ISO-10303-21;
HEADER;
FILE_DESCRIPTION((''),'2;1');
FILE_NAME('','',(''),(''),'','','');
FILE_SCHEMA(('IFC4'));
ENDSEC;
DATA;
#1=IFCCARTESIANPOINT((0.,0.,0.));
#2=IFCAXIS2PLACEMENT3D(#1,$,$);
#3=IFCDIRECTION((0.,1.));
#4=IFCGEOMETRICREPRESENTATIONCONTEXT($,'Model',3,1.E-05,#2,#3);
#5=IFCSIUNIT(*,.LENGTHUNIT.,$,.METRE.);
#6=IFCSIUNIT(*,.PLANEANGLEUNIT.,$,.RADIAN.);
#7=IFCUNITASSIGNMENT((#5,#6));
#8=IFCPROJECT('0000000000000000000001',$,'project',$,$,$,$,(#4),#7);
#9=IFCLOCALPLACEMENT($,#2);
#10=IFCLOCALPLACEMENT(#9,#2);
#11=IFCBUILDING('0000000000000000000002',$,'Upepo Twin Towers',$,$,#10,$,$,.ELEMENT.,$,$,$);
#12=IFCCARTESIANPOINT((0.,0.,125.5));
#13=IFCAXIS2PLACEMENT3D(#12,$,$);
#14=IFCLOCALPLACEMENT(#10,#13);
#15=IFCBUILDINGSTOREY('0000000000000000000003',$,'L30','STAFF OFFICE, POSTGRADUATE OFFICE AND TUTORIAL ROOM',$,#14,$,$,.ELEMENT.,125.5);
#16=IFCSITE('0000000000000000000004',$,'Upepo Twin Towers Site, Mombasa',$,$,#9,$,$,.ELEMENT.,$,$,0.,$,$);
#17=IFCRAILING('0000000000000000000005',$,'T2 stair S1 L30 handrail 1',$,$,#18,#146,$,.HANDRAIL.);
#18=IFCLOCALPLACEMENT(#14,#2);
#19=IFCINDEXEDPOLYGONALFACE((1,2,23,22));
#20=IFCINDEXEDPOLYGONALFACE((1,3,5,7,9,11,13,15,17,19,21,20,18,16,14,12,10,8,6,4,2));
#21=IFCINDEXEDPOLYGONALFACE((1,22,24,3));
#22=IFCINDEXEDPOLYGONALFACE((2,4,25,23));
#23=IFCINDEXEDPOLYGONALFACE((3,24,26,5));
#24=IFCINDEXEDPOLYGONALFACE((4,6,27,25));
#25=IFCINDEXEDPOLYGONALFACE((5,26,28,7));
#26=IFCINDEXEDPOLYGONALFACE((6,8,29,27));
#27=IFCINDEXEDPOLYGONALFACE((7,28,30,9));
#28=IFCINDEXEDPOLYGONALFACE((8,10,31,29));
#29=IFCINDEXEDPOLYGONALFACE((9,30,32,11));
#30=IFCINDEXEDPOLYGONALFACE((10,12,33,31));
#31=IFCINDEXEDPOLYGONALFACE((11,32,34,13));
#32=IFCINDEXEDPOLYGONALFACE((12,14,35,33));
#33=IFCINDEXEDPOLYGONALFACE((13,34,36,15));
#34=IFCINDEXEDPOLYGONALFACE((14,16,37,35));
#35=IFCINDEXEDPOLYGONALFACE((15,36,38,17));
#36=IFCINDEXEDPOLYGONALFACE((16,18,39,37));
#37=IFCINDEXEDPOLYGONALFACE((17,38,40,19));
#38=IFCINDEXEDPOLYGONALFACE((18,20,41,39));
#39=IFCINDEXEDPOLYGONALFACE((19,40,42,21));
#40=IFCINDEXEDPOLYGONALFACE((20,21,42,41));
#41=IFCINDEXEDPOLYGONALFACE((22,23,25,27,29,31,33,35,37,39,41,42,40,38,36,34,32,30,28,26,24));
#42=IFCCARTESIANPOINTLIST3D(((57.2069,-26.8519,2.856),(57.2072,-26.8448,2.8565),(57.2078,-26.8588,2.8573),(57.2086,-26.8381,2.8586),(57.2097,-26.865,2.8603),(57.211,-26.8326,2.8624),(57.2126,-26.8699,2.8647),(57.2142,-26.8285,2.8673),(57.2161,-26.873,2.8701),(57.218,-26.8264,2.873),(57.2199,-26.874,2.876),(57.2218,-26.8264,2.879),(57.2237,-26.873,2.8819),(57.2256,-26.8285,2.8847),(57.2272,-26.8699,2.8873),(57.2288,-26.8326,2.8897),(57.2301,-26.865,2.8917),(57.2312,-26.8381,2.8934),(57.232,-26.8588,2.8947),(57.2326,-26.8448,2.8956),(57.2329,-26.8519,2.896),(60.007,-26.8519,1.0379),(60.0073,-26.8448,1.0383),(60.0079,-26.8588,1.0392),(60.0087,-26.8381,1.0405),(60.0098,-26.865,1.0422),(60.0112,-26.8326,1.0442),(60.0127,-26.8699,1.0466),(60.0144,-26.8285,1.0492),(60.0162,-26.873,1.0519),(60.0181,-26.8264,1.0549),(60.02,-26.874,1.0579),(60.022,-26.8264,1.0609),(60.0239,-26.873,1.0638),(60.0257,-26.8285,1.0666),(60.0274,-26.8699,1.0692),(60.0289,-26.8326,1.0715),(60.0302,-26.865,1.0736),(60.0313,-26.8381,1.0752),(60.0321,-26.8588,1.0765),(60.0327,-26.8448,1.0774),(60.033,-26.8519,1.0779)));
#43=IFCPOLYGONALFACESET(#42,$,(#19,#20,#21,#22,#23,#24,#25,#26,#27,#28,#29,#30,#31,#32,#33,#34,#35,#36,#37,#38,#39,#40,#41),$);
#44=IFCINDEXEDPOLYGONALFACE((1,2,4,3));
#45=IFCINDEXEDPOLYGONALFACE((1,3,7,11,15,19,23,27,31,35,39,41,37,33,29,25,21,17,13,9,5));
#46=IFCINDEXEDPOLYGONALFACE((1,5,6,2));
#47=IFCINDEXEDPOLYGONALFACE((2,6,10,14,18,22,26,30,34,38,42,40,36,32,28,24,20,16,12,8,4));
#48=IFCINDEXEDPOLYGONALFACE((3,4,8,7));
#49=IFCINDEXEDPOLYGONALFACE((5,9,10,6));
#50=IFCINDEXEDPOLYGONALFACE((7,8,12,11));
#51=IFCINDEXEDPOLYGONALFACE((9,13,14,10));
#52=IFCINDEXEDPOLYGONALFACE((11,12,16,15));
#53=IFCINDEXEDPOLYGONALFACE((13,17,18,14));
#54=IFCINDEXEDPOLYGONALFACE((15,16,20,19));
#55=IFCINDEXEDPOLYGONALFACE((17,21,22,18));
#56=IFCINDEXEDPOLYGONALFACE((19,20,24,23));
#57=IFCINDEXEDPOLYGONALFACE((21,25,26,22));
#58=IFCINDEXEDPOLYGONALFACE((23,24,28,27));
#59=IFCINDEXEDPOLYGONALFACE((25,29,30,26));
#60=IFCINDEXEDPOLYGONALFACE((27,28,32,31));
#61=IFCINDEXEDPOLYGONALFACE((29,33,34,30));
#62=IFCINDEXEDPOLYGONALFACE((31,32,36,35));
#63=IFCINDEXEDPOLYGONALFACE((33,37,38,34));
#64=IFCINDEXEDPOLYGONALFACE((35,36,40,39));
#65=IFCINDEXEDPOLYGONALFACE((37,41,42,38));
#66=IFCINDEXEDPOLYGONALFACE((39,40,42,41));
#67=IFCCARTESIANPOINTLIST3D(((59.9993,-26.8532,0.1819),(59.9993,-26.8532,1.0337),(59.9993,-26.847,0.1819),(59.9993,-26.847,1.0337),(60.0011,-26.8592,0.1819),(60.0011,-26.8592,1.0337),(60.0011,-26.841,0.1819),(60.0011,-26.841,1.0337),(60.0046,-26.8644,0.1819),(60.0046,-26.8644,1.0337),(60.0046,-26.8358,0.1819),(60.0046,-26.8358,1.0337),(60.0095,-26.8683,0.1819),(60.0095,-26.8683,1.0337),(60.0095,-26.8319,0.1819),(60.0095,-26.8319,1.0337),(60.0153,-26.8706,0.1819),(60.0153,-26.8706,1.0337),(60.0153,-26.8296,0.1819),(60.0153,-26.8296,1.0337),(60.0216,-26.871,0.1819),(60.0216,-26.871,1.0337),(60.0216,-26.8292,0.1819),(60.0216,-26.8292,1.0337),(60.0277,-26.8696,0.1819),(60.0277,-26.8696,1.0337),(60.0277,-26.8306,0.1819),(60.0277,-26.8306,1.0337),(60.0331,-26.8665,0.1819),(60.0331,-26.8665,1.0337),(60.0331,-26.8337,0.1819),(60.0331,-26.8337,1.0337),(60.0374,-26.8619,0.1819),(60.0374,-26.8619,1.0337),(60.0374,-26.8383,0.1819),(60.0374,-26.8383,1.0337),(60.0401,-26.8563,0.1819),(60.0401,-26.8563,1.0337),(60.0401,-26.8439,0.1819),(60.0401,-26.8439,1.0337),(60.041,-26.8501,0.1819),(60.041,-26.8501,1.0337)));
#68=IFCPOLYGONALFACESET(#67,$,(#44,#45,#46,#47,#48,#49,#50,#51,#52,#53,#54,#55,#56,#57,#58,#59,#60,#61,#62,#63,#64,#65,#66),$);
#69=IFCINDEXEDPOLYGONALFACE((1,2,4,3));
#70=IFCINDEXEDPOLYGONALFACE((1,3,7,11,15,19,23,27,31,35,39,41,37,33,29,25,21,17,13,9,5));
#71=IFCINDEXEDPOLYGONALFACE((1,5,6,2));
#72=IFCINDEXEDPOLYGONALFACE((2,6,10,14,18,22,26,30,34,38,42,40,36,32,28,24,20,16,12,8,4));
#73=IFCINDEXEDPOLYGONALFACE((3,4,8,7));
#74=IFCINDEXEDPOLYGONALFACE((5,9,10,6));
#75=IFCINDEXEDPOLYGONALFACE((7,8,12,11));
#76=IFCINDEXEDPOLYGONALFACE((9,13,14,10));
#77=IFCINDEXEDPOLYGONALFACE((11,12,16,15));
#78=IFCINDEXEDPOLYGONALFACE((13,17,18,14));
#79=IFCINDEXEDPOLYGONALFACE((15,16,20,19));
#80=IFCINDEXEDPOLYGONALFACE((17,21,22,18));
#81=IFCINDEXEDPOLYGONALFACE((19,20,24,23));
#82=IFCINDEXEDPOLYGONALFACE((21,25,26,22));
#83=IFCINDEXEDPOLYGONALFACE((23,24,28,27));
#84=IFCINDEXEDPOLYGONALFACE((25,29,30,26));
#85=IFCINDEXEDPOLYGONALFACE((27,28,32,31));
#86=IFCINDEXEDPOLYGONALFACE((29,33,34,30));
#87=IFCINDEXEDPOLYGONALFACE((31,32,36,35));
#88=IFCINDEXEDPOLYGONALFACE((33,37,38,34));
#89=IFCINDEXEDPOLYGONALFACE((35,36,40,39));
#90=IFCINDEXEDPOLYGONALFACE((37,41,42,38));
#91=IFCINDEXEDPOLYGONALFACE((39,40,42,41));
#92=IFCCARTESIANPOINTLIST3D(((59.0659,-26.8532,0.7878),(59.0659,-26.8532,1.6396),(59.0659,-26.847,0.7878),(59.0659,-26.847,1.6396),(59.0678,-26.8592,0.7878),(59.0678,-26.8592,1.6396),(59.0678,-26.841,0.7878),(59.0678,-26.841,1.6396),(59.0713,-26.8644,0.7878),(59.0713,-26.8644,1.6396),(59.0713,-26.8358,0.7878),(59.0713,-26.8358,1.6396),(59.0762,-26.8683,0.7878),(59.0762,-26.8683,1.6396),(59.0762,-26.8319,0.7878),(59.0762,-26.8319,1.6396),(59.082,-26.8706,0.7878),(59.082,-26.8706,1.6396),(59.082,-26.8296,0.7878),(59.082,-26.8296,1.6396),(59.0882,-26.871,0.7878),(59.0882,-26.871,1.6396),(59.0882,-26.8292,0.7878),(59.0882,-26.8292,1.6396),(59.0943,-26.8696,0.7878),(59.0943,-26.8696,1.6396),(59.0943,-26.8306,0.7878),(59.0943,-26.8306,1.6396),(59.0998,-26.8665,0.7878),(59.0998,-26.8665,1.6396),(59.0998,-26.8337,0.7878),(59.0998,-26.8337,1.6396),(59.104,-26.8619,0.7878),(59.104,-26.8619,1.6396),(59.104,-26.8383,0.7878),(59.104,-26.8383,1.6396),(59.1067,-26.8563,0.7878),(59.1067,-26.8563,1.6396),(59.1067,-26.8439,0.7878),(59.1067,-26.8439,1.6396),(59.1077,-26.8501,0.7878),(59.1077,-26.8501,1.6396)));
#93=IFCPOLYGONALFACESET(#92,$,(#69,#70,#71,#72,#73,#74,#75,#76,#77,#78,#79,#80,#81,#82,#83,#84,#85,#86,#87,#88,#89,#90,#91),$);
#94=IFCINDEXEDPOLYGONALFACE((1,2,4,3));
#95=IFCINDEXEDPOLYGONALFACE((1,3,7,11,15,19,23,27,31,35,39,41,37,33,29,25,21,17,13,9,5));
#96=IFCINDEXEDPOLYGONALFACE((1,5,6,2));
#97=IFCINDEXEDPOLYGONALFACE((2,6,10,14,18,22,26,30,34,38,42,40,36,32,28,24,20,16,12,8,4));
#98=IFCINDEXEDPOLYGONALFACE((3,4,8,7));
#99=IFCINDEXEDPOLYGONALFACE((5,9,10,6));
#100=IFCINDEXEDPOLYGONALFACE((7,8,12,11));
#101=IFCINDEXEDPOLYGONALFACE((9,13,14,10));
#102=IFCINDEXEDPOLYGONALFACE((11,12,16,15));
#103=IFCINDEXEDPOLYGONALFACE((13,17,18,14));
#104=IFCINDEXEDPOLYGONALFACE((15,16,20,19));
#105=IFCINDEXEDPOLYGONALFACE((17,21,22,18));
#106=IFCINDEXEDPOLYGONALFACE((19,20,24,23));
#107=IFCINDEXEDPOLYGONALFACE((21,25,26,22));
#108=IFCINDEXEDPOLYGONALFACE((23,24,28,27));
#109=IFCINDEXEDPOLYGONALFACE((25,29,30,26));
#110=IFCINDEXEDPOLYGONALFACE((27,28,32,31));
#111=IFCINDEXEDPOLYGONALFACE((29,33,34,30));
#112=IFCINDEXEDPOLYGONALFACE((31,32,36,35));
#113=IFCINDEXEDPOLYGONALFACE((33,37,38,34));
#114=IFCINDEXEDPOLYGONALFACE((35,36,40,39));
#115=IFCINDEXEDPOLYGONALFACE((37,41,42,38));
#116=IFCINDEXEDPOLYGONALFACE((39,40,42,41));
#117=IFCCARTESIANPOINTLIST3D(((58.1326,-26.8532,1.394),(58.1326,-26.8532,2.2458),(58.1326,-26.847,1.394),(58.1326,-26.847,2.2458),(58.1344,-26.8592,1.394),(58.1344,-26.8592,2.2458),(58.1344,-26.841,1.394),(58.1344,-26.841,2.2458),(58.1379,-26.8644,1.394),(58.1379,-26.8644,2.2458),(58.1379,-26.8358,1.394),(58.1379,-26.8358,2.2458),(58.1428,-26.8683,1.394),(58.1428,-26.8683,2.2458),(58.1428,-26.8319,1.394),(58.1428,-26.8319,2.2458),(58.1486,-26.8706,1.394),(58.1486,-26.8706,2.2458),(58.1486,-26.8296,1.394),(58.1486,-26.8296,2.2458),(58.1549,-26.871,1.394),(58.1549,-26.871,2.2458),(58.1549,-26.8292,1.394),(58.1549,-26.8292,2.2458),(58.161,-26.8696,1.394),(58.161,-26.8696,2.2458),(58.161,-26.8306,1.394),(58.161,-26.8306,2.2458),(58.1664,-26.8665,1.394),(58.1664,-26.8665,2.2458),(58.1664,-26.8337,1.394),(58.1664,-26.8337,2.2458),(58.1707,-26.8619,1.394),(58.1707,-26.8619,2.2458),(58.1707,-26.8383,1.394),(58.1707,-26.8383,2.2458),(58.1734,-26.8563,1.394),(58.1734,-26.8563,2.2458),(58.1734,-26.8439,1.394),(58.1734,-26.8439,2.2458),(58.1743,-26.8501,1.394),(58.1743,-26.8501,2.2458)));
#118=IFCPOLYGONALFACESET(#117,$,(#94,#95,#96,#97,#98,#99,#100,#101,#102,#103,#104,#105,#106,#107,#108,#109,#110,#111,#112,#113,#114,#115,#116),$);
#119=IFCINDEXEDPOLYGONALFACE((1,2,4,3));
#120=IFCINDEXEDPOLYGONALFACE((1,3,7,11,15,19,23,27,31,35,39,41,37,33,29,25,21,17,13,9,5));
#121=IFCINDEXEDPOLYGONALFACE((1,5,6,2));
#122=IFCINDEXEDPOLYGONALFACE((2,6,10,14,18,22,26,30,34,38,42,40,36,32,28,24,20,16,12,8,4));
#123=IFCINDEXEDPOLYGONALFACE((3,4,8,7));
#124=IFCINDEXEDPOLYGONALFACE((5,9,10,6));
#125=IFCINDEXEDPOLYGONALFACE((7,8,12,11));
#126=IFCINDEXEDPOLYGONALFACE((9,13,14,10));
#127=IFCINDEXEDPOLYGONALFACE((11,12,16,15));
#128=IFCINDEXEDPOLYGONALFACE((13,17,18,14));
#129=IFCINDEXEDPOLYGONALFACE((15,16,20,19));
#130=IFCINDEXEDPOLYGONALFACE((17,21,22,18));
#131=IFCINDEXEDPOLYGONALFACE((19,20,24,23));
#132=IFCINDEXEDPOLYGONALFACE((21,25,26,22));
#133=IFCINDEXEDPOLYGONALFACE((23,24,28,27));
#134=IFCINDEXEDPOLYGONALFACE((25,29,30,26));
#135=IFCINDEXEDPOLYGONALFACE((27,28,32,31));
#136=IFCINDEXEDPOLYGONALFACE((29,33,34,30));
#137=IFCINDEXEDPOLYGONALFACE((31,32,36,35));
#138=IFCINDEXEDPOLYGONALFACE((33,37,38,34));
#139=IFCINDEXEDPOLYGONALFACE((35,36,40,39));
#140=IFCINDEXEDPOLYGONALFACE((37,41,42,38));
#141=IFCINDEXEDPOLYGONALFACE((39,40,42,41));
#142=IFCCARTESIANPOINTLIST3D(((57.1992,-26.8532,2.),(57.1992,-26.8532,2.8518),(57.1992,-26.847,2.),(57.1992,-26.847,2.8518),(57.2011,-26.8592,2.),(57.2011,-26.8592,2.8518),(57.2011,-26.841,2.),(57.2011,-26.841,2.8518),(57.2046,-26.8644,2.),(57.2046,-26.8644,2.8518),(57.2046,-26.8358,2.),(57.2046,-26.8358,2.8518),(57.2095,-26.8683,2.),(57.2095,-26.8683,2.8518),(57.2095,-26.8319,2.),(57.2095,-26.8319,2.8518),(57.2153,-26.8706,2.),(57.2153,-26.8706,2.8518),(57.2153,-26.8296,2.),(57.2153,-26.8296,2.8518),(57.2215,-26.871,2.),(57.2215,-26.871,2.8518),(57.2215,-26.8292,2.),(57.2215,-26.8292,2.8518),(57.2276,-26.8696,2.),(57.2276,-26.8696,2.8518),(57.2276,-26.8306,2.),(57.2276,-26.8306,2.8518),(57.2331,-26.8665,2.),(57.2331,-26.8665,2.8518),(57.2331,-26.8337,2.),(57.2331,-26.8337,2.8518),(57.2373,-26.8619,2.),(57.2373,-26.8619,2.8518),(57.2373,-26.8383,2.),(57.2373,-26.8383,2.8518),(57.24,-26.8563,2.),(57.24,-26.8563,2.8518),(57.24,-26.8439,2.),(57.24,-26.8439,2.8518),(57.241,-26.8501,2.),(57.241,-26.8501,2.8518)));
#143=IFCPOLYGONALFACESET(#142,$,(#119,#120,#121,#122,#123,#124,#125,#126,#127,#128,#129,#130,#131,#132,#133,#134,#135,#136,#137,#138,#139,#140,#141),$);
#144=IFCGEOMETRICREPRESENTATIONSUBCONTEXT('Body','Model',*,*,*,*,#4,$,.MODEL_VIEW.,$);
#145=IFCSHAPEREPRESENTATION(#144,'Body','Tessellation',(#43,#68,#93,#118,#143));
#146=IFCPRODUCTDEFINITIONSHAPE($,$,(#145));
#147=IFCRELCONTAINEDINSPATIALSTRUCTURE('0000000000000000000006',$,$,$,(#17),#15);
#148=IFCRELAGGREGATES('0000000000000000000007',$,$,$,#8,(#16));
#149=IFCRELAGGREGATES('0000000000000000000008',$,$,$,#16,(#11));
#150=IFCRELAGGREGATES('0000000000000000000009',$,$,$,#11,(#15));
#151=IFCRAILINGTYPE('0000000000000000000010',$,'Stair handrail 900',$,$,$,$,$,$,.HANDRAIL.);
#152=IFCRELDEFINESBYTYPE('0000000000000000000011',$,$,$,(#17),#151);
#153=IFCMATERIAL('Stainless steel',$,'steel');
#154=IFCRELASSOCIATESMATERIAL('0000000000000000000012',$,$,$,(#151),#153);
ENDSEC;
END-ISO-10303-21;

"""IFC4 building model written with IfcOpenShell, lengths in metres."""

from ifc_helpers import new_model, si_unit, direction, frame, origin, origin_2d, place, context, subcontext, project, spatial, circle, extrude, material, type_object, element, save


model = new_model("IFC4")

# Units and contexts
model_context = context("Model", 3, precision=1e-05, world=origin(), true_north=direction((0.0, 1.0)))
body_context = subcontext(model_context, "Body", "Model", "MODEL_VIEW")
ifc_project = project(units=[si_unit("LENGTHUNIT", "METRE"), si_unit("PLANEANGLEUNIT", "RADIAN")], contexts=[model_context])

# Site, building, storey
site_placement = place(None, origin())
site = spatial("IfcSite", under=ifc_project, at=site_placement, Name="Upepo Twin Towers Site, Mombasa", CompositionType="ELEMENT", RefElevation=0.0)
building_placement = place(site_placement, origin())
building = spatial("IfcBuilding", under=site, at=building_placement, Name="Upepo Twin Towers", CompositionType="ELEMENT")
storey_placement = place(building_placement, frame((0.0, 0.0, 125.5)))
storey = spatial("IfcBuildingStorey", under=building, at=storey_placement, Name="L30", Description="STAFF OFFICE, POSTGRADUATE OFFICE AND TUTORIAL ROOM", CompositionType="ELEMENT", Elevation=125.5)

# Railing
ifc_material_1 = material(Name="Stainless steel", Category="steel")
railing_type = type_object("IfcRailingType", Name="Stair handrail 900", PredefinedType="HANDRAIL", material=ifc_material_1)
railing_1_placement = place(storey_placement, frame((60.02, -26.8501, 0.1819)))
element("IfcRailing", 1, at=railing_1_placement, inside=storey, type_object=railing_type, Name="T2 stair S1 L30 handrail 1", PredefinedType="HANDRAIL", context=body_context, shape_type="SweptSolid", body=[
    extrude(circle(Radius=0.0239, at=origin_2d()), frame((0.0, 0.0, 0.876), z_axis=(-0.838706, 0.0, 0.544585), x_axis=(0.0, -1.0, 0.0)), (0.0, 0.0, 1.0), 3.3386),
    extrude(circle(Radius=0.021, at=origin_2d()), origin(), (0.0, 0.0, 1.0), 0.8518),
    extrude(circle(Radius=0.021, at=origin_2d()), frame((-0.9333, 0.0, 0.606)), (0.0, 0.0, 1.0), 0.8518),
    extrude(circle(Radius=0.021, at=origin_2d()), frame((-1.8667, 0.0, 1.2122)), (0.0, 0.0, 1.0), 0.8518),
    extrude(circle(Radius=0.021, at=origin_2d()), frame((-2.8, 0.0, 1.8181)), (0.0, 0.0, 1.0), 0.8518),
])

save(model, "model.ifc")
